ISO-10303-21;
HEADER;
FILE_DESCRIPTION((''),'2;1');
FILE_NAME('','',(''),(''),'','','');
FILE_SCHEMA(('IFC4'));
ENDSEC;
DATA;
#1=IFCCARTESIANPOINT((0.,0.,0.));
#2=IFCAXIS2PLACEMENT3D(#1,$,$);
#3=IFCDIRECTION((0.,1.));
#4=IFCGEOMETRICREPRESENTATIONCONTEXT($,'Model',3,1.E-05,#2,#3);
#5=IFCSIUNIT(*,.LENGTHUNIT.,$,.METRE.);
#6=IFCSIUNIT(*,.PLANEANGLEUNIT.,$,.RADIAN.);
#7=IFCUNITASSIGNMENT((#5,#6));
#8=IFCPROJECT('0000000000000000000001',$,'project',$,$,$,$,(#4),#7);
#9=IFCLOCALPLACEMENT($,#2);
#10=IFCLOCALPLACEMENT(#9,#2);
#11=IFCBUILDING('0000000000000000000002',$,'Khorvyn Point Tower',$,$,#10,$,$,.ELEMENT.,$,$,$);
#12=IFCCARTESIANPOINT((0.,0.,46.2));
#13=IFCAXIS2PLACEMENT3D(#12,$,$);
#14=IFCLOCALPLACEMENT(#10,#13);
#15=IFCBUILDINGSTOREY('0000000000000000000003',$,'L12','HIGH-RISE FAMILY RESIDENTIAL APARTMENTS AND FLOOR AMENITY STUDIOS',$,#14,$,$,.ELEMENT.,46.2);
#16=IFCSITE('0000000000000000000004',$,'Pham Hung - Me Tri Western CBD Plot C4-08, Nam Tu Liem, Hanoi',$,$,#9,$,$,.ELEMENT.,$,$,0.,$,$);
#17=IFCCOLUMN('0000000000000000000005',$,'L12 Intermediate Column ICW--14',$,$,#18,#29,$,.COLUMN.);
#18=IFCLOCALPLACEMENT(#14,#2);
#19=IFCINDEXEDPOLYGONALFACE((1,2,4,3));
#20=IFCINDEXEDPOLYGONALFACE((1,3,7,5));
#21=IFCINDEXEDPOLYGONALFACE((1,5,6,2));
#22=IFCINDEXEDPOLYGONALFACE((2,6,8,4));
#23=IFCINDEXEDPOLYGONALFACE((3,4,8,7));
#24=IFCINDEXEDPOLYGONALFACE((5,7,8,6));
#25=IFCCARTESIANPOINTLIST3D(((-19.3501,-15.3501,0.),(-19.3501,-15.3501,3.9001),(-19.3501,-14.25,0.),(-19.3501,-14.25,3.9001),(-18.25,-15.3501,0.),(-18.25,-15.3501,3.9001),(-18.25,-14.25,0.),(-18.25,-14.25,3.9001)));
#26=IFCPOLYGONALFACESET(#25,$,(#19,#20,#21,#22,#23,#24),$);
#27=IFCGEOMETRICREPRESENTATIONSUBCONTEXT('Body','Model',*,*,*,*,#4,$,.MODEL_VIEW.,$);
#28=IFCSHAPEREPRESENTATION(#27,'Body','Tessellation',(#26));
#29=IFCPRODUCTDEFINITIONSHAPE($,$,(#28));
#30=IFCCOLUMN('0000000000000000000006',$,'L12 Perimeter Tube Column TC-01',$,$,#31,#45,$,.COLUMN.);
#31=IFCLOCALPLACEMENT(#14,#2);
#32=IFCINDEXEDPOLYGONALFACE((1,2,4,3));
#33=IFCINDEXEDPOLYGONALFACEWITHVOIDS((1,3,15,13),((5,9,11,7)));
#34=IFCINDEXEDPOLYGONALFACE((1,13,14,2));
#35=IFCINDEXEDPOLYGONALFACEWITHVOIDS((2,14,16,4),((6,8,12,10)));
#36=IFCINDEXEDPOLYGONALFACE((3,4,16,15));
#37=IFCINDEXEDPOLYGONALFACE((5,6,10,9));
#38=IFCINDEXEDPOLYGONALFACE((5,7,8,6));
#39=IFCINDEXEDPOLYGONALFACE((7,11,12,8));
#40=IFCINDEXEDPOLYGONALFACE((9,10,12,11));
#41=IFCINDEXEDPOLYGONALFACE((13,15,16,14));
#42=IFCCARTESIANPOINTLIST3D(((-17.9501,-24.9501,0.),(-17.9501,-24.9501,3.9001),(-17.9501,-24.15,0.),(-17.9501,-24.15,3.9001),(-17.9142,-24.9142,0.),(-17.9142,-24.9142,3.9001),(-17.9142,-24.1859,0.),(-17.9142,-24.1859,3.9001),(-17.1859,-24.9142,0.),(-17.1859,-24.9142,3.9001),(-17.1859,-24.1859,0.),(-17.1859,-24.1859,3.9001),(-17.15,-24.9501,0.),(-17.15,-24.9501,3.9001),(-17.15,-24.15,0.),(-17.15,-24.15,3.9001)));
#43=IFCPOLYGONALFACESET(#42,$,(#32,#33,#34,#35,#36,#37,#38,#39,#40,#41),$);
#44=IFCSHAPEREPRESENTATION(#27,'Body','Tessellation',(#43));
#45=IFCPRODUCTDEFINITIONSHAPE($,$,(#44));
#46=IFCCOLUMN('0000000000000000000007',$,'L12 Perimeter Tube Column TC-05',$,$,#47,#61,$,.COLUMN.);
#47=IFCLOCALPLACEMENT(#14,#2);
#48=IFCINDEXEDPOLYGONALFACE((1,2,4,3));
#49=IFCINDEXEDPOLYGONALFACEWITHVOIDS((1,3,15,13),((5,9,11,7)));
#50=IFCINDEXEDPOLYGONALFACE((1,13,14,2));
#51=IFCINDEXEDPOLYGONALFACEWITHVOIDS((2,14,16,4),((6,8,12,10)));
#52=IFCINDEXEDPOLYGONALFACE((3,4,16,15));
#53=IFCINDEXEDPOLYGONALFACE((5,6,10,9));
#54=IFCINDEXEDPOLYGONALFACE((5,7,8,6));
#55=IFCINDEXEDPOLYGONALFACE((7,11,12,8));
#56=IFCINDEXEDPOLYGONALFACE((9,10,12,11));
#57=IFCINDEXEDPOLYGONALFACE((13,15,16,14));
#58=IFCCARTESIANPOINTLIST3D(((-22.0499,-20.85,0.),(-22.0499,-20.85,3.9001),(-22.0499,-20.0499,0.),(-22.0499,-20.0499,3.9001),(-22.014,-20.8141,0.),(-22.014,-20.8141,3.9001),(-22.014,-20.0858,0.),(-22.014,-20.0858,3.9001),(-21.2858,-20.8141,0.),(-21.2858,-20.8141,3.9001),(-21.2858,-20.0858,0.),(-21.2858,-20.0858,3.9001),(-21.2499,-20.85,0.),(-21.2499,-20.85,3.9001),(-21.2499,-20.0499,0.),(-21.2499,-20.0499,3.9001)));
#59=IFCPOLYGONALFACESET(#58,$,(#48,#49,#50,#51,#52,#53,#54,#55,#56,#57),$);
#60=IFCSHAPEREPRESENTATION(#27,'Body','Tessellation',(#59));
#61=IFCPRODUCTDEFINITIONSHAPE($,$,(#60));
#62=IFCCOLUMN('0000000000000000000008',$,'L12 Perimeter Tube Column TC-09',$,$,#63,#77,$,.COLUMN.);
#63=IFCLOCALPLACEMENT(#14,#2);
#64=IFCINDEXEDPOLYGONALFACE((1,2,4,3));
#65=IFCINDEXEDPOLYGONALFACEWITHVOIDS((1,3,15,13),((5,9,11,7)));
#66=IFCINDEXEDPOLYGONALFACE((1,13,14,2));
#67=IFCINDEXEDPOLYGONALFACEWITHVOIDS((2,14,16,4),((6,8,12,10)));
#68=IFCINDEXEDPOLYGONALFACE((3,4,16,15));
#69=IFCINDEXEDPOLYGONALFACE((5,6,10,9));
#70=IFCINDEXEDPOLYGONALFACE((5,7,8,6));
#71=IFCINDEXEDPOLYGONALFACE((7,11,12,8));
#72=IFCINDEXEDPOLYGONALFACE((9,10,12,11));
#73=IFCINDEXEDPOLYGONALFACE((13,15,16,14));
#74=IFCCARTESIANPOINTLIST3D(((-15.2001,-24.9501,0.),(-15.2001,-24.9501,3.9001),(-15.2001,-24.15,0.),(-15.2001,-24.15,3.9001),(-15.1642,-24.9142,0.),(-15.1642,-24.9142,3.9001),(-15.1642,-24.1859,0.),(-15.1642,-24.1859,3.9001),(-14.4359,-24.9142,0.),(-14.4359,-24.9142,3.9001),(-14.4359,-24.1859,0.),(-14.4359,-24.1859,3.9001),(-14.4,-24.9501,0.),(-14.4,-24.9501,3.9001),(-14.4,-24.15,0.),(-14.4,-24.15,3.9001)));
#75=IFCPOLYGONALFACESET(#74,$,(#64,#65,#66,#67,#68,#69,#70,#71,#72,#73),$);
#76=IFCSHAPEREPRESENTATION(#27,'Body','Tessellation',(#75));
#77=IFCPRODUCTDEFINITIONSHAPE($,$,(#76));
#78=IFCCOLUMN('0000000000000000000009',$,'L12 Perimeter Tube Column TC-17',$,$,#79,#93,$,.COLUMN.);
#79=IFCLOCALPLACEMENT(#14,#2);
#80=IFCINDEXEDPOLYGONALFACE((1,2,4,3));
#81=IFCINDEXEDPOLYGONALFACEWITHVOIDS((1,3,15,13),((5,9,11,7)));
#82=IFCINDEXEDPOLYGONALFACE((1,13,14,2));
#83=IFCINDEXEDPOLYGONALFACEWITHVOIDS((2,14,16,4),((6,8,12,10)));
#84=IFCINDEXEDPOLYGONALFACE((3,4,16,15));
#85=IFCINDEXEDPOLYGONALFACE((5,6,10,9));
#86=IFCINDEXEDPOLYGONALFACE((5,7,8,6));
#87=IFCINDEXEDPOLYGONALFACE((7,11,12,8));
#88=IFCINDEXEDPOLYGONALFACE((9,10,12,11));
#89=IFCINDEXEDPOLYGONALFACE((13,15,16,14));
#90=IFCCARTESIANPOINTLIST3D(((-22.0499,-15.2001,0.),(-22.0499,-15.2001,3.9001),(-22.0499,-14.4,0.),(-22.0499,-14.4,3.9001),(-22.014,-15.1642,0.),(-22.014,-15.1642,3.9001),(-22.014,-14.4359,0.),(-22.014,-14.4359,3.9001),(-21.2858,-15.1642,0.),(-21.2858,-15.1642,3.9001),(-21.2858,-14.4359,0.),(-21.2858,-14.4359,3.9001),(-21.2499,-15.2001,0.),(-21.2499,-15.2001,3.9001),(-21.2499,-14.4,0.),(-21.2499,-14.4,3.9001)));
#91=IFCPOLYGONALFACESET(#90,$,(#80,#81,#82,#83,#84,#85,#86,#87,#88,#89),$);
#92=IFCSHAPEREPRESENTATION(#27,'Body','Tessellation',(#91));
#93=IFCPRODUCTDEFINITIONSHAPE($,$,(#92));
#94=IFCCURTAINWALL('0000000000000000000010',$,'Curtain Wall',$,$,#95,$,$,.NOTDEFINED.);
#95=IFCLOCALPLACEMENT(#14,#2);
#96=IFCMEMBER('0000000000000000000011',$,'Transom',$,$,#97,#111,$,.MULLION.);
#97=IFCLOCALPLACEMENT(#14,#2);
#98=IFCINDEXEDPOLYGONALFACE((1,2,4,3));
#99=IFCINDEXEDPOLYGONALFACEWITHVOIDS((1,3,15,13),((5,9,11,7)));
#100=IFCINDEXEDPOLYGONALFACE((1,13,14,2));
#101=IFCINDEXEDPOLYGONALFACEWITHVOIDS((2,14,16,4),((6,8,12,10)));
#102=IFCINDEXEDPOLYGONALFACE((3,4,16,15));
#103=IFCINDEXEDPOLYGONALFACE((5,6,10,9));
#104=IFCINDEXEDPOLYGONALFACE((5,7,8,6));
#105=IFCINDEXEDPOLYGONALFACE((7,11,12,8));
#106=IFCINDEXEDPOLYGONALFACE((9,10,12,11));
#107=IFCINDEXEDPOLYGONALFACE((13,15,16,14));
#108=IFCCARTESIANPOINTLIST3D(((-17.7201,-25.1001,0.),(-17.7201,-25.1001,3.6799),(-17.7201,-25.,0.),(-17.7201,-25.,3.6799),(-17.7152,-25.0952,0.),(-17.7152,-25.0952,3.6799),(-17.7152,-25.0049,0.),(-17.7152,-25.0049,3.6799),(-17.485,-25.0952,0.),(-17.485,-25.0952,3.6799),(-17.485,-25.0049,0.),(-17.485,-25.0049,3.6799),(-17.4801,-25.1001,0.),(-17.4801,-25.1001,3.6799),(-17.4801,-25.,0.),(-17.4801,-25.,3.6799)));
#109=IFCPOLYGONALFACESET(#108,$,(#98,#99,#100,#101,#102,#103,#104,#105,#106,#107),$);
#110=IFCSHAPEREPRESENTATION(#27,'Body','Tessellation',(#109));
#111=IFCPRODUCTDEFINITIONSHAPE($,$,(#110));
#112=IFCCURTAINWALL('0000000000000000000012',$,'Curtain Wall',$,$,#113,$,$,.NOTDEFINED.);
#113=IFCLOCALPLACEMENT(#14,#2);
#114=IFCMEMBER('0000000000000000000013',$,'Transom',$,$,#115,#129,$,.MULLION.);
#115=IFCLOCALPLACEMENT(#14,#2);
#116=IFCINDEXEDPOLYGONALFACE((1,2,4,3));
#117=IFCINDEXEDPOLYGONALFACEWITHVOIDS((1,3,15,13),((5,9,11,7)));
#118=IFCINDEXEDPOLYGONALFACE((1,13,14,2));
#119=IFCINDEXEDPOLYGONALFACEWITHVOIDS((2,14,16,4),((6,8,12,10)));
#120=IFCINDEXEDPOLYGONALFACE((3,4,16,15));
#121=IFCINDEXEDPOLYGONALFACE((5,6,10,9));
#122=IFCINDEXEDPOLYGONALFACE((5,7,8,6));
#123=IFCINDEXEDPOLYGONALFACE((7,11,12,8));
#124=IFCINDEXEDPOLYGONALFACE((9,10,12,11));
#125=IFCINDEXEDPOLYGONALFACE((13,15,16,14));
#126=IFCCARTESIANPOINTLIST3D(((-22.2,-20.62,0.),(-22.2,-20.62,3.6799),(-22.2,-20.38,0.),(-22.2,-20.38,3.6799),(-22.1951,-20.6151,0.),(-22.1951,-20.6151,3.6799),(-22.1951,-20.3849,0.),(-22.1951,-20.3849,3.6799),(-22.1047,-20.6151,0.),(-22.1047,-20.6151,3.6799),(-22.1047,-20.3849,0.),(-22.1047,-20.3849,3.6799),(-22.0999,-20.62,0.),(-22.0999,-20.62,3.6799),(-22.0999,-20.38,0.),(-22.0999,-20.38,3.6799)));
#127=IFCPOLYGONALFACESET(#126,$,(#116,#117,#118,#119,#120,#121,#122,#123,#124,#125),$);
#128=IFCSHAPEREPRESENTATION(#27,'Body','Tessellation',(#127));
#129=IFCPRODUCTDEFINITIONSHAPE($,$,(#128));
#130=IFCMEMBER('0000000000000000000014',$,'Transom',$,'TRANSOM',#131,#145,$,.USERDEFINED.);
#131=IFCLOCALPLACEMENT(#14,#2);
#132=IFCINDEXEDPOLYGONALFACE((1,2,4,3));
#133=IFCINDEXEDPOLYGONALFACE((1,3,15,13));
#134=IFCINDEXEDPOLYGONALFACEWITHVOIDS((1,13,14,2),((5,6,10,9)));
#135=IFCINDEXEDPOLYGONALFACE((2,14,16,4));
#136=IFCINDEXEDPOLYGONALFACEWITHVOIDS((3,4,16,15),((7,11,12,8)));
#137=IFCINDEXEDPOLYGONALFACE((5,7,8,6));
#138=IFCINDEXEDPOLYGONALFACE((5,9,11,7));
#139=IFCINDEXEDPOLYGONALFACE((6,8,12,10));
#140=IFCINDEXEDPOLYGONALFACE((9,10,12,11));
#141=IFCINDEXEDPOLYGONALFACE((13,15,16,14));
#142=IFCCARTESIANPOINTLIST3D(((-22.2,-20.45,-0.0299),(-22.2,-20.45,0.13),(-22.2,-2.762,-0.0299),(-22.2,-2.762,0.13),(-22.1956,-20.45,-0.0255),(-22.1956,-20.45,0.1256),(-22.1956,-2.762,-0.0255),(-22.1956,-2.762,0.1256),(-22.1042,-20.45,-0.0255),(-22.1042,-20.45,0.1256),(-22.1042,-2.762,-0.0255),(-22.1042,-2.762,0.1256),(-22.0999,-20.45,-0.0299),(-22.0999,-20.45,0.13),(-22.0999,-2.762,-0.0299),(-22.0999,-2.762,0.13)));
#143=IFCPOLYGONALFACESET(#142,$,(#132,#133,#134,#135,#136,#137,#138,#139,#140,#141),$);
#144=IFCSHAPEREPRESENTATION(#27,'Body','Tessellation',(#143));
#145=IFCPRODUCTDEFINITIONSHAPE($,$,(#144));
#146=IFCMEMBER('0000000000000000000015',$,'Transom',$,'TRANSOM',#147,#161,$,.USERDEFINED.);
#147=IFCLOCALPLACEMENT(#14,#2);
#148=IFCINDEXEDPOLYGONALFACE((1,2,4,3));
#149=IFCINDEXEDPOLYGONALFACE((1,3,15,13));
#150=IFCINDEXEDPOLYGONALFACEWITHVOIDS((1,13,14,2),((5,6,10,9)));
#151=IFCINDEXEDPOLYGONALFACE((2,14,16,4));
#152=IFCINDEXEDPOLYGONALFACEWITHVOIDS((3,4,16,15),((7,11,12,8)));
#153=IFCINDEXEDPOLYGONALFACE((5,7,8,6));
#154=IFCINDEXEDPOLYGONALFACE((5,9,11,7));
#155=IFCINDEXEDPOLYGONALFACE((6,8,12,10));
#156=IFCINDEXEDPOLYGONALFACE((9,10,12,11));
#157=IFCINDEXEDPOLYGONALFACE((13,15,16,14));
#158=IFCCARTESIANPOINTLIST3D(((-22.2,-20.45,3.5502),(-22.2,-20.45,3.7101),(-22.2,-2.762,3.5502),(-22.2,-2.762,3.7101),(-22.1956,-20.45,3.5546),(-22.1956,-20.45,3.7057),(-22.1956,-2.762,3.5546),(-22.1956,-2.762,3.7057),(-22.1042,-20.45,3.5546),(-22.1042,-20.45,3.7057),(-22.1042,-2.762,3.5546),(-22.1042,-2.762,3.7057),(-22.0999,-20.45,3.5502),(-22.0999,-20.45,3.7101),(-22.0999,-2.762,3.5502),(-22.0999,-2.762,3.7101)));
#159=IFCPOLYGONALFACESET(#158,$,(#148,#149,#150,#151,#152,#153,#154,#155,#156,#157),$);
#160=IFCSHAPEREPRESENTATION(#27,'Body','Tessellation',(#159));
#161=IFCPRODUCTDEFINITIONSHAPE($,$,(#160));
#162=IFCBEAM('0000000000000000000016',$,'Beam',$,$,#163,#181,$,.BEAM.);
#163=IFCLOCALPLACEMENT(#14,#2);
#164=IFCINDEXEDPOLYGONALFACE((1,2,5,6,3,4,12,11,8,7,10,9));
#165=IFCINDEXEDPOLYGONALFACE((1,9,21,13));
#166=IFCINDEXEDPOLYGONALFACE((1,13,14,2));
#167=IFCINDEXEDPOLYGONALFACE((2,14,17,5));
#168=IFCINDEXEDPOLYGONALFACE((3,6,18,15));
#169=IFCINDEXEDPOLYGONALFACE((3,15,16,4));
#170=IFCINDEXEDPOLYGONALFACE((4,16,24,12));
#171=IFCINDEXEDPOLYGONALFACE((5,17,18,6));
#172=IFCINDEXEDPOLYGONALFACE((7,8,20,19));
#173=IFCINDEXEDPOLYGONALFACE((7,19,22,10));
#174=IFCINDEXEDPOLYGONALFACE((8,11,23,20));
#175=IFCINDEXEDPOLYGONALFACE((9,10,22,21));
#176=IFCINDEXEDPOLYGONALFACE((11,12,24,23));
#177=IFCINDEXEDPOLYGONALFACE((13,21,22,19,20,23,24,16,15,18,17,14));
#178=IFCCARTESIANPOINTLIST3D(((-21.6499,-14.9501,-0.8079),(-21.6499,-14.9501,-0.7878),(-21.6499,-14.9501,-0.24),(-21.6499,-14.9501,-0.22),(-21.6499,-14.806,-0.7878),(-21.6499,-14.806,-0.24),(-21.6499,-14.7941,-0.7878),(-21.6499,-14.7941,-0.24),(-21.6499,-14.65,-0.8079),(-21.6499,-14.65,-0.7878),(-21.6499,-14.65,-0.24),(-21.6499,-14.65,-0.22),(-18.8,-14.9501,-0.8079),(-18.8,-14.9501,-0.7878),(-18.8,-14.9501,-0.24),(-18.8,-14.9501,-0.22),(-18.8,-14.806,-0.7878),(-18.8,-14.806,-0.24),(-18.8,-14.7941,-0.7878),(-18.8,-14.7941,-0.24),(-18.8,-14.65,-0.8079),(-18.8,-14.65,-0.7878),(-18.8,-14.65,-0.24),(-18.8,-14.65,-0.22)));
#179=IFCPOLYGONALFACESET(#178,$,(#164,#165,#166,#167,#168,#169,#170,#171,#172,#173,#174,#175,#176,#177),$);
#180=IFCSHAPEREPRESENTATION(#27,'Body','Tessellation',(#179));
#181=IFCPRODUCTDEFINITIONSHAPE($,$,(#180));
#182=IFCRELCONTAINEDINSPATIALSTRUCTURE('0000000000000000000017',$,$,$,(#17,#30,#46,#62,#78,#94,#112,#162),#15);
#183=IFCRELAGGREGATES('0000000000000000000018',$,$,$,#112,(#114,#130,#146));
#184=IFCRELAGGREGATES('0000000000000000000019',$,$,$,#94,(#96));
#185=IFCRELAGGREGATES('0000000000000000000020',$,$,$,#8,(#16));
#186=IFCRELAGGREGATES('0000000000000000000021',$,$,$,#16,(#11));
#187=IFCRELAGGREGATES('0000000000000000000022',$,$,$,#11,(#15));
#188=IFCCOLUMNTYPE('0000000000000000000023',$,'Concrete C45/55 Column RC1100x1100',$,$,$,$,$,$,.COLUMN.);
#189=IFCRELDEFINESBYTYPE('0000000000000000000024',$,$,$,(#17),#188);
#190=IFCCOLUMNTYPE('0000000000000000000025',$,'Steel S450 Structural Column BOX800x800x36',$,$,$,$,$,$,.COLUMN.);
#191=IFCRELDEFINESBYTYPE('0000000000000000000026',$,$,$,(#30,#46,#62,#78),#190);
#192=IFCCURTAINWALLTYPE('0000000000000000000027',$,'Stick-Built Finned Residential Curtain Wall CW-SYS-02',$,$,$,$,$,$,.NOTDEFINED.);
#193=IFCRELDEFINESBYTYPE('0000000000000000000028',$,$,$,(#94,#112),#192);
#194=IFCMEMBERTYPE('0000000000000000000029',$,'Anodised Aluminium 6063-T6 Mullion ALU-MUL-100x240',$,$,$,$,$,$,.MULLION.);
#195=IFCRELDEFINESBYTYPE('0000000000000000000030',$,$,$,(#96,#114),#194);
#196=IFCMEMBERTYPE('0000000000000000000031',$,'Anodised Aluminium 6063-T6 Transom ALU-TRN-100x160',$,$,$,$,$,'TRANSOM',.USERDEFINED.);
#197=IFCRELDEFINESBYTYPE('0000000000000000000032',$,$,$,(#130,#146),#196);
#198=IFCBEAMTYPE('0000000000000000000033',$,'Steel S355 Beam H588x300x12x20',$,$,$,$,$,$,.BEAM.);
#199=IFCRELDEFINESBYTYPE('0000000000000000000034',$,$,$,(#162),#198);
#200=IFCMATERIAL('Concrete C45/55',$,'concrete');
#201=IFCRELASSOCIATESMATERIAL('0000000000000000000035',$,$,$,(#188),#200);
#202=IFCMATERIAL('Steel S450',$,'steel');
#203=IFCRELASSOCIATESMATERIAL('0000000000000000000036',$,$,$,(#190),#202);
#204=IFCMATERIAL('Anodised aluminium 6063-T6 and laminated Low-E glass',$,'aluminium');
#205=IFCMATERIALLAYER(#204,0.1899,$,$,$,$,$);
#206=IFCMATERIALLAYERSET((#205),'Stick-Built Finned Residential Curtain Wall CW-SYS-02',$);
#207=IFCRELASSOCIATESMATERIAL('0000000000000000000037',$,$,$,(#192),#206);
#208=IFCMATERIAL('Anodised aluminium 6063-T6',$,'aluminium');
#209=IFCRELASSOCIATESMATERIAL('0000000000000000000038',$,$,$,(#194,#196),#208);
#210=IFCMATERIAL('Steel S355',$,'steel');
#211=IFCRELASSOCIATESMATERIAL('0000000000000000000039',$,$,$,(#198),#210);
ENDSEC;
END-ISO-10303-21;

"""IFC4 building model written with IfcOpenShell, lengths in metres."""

from ifc_helpers import new_model, si_unit, direction, frame, origin, origin_2d, place, context, subcontext, project, spatial, rectangle, hollow_rectangle, i_section, extrude, material, layer, layer_set, material_profile, profile_set, type_object, element, aggregate, save


model = new_model("IFC4")

# Units and contexts
model_context = context("Model", 3, precision=1e-05, world=origin(), true_north=direction((0.0, 1.0)))
body_context = subcontext(model_context, "Body", "Model", "MODEL_VIEW")
ifc_project = project(units=[si_unit("LENGTHUNIT", "METRE"), si_unit("PLANEANGLEUNIT", "RADIAN")], contexts=[model_context])

# Site, building, storey
site_placement = place(None, origin())
site = spatial("IfcSite", under=ifc_project, at=site_placement, Name="Pham Hung - Me Tri Western CBD Plot C4-08, Nam Tu Liem, Hanoi", CompositionType="ELEMENT", RefElevation=0.0)
building_placement = place(site_placement, origin())
building = spatial("IfcBuilding", under=site, at=building_placement, Name="Khorvyn Point Tower", CompositionType="ELEMENT")
storey_placement = place(building_placement, frame((0.0, 0.0, 46.2)))
storey = spatial("IfcBuildingStorey", under=building, at=storey_placement, Name="L12", Description="HIGH-RISE FAMILY RESIDENTIAL APARTMENTS AND FLOOR AMENITY STUDIOS", CompositionType="ELEMENT", Elevation=46.2)

# Columns
ifc_material_1 = material(Name="Concrete C45/55", Category="concrete")
ifc_material_profile_1 = material_profile(ifc_material_1, rectangle(XDim=1.1001, YDim=1.1001, at=origin_2d()))
ifc_profile_set_1 = profile_set([ifc_material_profile_1], Name="Concrete C45/55 RC1100x1100")
column_type_1 = type_object("IfcColumnType", Name="Concrete C45/55 Column RC1100x1100", PredefinedType="COLUMN", material=ifc_profile_set_1)
column_placement = place(storey_placement, frame((-18.8, -14.8, 0.0), z_axis=(0.0, 0.0, 1.0), x_axis=(1.0, 0.0, 0.0)))
element("IfcColumn", 1, at=column_placement, inside=storey, type_object=column_type_1, Name="L12 Intermediate Column ICW--14", PredefinedType="COLUMN", context=body_context, shape_type="SweptSolid", body=[
    extrude(rectangle(XDim=1.1001, YDim=1.1001, at=origin_2d()), origin(), (0.0, 0.0, 1.0), 3.9001),
])
ifc_material_2 = material(Name="Steel S450", Category="steel")
ifc_material_profile_2 = material_profile(ifc_material_2, hollow_rectangle(XDim=0.8, YDim=0.8, WallThickness=0.0359, at=origin_2d()))
ifc_profile_set_2 = profile_set([ifc_material_profile_2], Name="Steel S450 BOX800x800x36")
column_type_2 = type_object("IfcColumnType", Name="Steel S450 Structural Column BOX800x800x36", PredefinedType="COLUMN", material=ifc_profile_set_2)
for number, where, z_axis, x_axis, name in (
    (2, (-17.55, -24.55, 0.0), (0.0, 0.0, 1.0), (1.0, 0.0, 0.0), "L12 Perimeter Tube Column TC-01"),
    (3, (-21.6499, -20.45, 0.0), (0.0, 0.0, 1.0), (1.0, 0.0, 0.0), "L12 Perimeter Tube Column TC-05"),
    (4, (-14.8, -24.55, 0.0), (0.0, 0.0, 1.0), (1.0, 0.0, 0.0), "L12 Perimeter Tube Column TC-09"),
    (5, (-21.6499, -14.8, 0.0), (0.0, 0.0, 1.0), (1.0, 0.0, 0.0), "L12 Perimeter Tube Column TC-17"),
):
    element("IfcColumn", number, at=place(storey_placement, frame(where, z_axis=z_axis, x_axis=x_axis)), inside=storey, type_object=column_type_2, Name=name, PredefinedType="COLUMN", context=body_context, shape_type="SweptSolid", body=[
        extrude(hollow_rectangle(XDim=0.8, YDim=0.8, WallThickness=0.0359, at=origin_2d()), origin(), (0.0, 0.0, 1.0), 3.9001),
    ])

# Curtain wall, member
ifc_material_3 = material(Name="Anodised aluminium 6063-T6 and laminated Low-E glass", Category="aluminium")
ifc_layer_1 = layer(ifc_material_3, 0.1899)
ifc_layer_set_1 = layer_set([ifc_layer_1], Name="Stick-Built Finned Residential Curtain Wall CW-SYS-02")
curtain_wall_type = type_object("IfcCurtainWallType", Name="Stick-Built Finned Residential Curtain Wall CW-SYS-02", PredefinedType="NOTDEFINED", material=ifc_layer_set_1)
curtain_wall_1_placement = place(storey_placement, origin())
curtain_wall_1 = element("IfcCurtainWall", 6, at=curtain_wall_1_placement, inside=storey, type_object=curtain_wall_type, Name="Curtain Wall", PredefinedType="NOTDEFINED")
ifc_material_4 = material(Name="Anodised aluminium 6063-T6", Category="aluminium")
ifc_material_profile_3 = material_profile(ifc_material_4, hollow_rectangle(XDim=0.1001, YDim=0.24, WallThickness=0.0049, at=origin_2d()))
ifc_profile_set_3 = profile_set([ifc_material_profile_3], Name="Anodised aluminium 6063-T6 ALU-MUL-100x240")
member_type_1 = type_object("IfcMemberType", Name="Anodised Aluminium 6063-T6 Mullion ALU-MUL-100x240", PredefinedType="MULLION", material=ifc_profile_set_3)
member_1_placement = place(storey_placement, frame((-17.6001, -25.05, 0.0), z_axis=(0.0, 0.0, 1.0), x_axis=(0.0, -1.0, 0.0)))
member_1 = element("IfcMember", 7, at=member_1_placement, type_object=member_type_1, Name="Transom", PredefinedType="MULLION", context=body_context, shape_type="SweptSolid", body=[
    extrude(hollow_rectangle(XDim=0.1001, YDim=0.24, WallThickness=0.0049, at=origin_2d()), origin(), (0.0, 0.0, 1.0), 3.6799),
])

# Curtain wall, members
curtain_wall_2_placement = place(storey_placement, origin())
curtain_wall_2 = element("IfcCurtainWall", 8, at=curtain_wall_2_placement, inside=storey, type_object=curtain_wall_type, Name="Curtain Wall", PredefinedType="NOTDEFINED")
member_2_placement = place(storey_placement, frame((-22.1499, -20.5, 0.0), z_axis=(0.0, 0.0, 1.0), x_axis=(-1.0, 0.0, 0.0)))
member_2 = element("IfcMember", 9, at=member_2_placement, type_object=member_type_1, Name="Transom", PredefinedType="MULLION", context=body_context, shape_type="SweptSolid", body=[
    extrude(hollow_rectangle(XDim=0.1001, YDim=0.24, WallThickness=0.0049, at=origin_2d()), origin(), (0.0, 0.0, 1.0), 3.6799),
])
ifc_material_profile_4 = material_profile(ifc_material_4, hollow_rectangle(XDim=0.1001, YDim=0.1599, WallThickness=0.0044, at=origin_2d()))
ifc_profile_set_4 = profile_set([ifc_material_profile_4], Name="Anodised aluminium 6063-T6 ALU-TRN-100x160")
member_type_2 = type_object("IfcMemberType", Name="Anodised Aluminium 6063-T6 Transom ALU-TRN-100x160", ElementType="TRANSOM", PredefinedType="USERDEFINED", material=ifc_profile_set_4)
member_3_placement = place(storey_placement, frame((-22.1499, -20.45, 0.05), z_axis=(0.0, 1.0, 0.0), x_axis=(-1.0, 0.0, 0.0)))
member_3 = element("IfcMember", 10, at=member_3_placement, type_object=member_type_2, Name="Transom", ObjectType="TRANSOM", PredefinedType="USERDEFINED", context=body_context, shape_type="SweptSolid", body=[
    extrude(hollow_rectangle(XDim=0.1001, YDim=0.1599, WallThickness=0.0044, at=origin_2d()), origin(), (0.0, 0.0, 1.0), 17.688),
])
member_4_placement = place(storey_placement, frame((-22.1499, -20.45, 3.6301), z_axis=(0.0, 1.0, 0.0), x_axis=(-1.0, 0.0, 0.0)))
member_4 = element("IfcMember", 11, at=member_4_placement, type_object=member_type_2, Name="Transom", ObjectType="TRANSOM", PredefinedType="USERDEFINED", context=body_context, shape_type="SweptSolid", body=[
    extrude(hollow_rectangle(XDim=0.1001, YDim=0.1599, WallThickness=0.0044, at=origin_2d()), origin(), (0.0, 0.0, 1.0), 17.688),
])
aggregate(curtain_wall_2, [member_2, member_3, member_4])

# Beam
ifc_material_5 = material(Name="Steel S355", Category="steel")
ifc_material_profile_5 = material_profile(ifc_material_5, i_section(OverallWidth=0.3, OverallDepth=0.5879, WebThickness=0.012, FlangeThickness=0.02, at=origin_2d()))
ifc_profile_set_5 = profile_set([ifc_material_profile_5], Name="Steel S355 H588x300x12x20")
beam_type_1 = type_object("IfcBeamType", Name="Steel S355 Beam H588x300x12x20", PredefinedType="BEAM", material=ifc_profile_set_5)
beam_1_placement = place(storey_placement, frame((-21.6499, -14.8, -0.5139), z_axis=(1.0, 0.0, 0.0), x_axis=(0.0, 1.0, 0.0)))
element("IfcBeam", 12, at=beam_1_placement, inside=storey, type_object=beam_type_1, Name="Beam", PredefinedType="BEAM", context=body_context, shape_type="SweptSolid", body=[
    extrude(i_section(OverallWidth=0.3, OverallDepth=0.5879, WebThickness=0.012, FlangeThickness=0.02, at=origin_2d()), origin(), (0.0, 0.0, 1.0), 2.8499),
])

aggregate(curtain_wall_1, [member_1])

save(model, "model.ifc")
